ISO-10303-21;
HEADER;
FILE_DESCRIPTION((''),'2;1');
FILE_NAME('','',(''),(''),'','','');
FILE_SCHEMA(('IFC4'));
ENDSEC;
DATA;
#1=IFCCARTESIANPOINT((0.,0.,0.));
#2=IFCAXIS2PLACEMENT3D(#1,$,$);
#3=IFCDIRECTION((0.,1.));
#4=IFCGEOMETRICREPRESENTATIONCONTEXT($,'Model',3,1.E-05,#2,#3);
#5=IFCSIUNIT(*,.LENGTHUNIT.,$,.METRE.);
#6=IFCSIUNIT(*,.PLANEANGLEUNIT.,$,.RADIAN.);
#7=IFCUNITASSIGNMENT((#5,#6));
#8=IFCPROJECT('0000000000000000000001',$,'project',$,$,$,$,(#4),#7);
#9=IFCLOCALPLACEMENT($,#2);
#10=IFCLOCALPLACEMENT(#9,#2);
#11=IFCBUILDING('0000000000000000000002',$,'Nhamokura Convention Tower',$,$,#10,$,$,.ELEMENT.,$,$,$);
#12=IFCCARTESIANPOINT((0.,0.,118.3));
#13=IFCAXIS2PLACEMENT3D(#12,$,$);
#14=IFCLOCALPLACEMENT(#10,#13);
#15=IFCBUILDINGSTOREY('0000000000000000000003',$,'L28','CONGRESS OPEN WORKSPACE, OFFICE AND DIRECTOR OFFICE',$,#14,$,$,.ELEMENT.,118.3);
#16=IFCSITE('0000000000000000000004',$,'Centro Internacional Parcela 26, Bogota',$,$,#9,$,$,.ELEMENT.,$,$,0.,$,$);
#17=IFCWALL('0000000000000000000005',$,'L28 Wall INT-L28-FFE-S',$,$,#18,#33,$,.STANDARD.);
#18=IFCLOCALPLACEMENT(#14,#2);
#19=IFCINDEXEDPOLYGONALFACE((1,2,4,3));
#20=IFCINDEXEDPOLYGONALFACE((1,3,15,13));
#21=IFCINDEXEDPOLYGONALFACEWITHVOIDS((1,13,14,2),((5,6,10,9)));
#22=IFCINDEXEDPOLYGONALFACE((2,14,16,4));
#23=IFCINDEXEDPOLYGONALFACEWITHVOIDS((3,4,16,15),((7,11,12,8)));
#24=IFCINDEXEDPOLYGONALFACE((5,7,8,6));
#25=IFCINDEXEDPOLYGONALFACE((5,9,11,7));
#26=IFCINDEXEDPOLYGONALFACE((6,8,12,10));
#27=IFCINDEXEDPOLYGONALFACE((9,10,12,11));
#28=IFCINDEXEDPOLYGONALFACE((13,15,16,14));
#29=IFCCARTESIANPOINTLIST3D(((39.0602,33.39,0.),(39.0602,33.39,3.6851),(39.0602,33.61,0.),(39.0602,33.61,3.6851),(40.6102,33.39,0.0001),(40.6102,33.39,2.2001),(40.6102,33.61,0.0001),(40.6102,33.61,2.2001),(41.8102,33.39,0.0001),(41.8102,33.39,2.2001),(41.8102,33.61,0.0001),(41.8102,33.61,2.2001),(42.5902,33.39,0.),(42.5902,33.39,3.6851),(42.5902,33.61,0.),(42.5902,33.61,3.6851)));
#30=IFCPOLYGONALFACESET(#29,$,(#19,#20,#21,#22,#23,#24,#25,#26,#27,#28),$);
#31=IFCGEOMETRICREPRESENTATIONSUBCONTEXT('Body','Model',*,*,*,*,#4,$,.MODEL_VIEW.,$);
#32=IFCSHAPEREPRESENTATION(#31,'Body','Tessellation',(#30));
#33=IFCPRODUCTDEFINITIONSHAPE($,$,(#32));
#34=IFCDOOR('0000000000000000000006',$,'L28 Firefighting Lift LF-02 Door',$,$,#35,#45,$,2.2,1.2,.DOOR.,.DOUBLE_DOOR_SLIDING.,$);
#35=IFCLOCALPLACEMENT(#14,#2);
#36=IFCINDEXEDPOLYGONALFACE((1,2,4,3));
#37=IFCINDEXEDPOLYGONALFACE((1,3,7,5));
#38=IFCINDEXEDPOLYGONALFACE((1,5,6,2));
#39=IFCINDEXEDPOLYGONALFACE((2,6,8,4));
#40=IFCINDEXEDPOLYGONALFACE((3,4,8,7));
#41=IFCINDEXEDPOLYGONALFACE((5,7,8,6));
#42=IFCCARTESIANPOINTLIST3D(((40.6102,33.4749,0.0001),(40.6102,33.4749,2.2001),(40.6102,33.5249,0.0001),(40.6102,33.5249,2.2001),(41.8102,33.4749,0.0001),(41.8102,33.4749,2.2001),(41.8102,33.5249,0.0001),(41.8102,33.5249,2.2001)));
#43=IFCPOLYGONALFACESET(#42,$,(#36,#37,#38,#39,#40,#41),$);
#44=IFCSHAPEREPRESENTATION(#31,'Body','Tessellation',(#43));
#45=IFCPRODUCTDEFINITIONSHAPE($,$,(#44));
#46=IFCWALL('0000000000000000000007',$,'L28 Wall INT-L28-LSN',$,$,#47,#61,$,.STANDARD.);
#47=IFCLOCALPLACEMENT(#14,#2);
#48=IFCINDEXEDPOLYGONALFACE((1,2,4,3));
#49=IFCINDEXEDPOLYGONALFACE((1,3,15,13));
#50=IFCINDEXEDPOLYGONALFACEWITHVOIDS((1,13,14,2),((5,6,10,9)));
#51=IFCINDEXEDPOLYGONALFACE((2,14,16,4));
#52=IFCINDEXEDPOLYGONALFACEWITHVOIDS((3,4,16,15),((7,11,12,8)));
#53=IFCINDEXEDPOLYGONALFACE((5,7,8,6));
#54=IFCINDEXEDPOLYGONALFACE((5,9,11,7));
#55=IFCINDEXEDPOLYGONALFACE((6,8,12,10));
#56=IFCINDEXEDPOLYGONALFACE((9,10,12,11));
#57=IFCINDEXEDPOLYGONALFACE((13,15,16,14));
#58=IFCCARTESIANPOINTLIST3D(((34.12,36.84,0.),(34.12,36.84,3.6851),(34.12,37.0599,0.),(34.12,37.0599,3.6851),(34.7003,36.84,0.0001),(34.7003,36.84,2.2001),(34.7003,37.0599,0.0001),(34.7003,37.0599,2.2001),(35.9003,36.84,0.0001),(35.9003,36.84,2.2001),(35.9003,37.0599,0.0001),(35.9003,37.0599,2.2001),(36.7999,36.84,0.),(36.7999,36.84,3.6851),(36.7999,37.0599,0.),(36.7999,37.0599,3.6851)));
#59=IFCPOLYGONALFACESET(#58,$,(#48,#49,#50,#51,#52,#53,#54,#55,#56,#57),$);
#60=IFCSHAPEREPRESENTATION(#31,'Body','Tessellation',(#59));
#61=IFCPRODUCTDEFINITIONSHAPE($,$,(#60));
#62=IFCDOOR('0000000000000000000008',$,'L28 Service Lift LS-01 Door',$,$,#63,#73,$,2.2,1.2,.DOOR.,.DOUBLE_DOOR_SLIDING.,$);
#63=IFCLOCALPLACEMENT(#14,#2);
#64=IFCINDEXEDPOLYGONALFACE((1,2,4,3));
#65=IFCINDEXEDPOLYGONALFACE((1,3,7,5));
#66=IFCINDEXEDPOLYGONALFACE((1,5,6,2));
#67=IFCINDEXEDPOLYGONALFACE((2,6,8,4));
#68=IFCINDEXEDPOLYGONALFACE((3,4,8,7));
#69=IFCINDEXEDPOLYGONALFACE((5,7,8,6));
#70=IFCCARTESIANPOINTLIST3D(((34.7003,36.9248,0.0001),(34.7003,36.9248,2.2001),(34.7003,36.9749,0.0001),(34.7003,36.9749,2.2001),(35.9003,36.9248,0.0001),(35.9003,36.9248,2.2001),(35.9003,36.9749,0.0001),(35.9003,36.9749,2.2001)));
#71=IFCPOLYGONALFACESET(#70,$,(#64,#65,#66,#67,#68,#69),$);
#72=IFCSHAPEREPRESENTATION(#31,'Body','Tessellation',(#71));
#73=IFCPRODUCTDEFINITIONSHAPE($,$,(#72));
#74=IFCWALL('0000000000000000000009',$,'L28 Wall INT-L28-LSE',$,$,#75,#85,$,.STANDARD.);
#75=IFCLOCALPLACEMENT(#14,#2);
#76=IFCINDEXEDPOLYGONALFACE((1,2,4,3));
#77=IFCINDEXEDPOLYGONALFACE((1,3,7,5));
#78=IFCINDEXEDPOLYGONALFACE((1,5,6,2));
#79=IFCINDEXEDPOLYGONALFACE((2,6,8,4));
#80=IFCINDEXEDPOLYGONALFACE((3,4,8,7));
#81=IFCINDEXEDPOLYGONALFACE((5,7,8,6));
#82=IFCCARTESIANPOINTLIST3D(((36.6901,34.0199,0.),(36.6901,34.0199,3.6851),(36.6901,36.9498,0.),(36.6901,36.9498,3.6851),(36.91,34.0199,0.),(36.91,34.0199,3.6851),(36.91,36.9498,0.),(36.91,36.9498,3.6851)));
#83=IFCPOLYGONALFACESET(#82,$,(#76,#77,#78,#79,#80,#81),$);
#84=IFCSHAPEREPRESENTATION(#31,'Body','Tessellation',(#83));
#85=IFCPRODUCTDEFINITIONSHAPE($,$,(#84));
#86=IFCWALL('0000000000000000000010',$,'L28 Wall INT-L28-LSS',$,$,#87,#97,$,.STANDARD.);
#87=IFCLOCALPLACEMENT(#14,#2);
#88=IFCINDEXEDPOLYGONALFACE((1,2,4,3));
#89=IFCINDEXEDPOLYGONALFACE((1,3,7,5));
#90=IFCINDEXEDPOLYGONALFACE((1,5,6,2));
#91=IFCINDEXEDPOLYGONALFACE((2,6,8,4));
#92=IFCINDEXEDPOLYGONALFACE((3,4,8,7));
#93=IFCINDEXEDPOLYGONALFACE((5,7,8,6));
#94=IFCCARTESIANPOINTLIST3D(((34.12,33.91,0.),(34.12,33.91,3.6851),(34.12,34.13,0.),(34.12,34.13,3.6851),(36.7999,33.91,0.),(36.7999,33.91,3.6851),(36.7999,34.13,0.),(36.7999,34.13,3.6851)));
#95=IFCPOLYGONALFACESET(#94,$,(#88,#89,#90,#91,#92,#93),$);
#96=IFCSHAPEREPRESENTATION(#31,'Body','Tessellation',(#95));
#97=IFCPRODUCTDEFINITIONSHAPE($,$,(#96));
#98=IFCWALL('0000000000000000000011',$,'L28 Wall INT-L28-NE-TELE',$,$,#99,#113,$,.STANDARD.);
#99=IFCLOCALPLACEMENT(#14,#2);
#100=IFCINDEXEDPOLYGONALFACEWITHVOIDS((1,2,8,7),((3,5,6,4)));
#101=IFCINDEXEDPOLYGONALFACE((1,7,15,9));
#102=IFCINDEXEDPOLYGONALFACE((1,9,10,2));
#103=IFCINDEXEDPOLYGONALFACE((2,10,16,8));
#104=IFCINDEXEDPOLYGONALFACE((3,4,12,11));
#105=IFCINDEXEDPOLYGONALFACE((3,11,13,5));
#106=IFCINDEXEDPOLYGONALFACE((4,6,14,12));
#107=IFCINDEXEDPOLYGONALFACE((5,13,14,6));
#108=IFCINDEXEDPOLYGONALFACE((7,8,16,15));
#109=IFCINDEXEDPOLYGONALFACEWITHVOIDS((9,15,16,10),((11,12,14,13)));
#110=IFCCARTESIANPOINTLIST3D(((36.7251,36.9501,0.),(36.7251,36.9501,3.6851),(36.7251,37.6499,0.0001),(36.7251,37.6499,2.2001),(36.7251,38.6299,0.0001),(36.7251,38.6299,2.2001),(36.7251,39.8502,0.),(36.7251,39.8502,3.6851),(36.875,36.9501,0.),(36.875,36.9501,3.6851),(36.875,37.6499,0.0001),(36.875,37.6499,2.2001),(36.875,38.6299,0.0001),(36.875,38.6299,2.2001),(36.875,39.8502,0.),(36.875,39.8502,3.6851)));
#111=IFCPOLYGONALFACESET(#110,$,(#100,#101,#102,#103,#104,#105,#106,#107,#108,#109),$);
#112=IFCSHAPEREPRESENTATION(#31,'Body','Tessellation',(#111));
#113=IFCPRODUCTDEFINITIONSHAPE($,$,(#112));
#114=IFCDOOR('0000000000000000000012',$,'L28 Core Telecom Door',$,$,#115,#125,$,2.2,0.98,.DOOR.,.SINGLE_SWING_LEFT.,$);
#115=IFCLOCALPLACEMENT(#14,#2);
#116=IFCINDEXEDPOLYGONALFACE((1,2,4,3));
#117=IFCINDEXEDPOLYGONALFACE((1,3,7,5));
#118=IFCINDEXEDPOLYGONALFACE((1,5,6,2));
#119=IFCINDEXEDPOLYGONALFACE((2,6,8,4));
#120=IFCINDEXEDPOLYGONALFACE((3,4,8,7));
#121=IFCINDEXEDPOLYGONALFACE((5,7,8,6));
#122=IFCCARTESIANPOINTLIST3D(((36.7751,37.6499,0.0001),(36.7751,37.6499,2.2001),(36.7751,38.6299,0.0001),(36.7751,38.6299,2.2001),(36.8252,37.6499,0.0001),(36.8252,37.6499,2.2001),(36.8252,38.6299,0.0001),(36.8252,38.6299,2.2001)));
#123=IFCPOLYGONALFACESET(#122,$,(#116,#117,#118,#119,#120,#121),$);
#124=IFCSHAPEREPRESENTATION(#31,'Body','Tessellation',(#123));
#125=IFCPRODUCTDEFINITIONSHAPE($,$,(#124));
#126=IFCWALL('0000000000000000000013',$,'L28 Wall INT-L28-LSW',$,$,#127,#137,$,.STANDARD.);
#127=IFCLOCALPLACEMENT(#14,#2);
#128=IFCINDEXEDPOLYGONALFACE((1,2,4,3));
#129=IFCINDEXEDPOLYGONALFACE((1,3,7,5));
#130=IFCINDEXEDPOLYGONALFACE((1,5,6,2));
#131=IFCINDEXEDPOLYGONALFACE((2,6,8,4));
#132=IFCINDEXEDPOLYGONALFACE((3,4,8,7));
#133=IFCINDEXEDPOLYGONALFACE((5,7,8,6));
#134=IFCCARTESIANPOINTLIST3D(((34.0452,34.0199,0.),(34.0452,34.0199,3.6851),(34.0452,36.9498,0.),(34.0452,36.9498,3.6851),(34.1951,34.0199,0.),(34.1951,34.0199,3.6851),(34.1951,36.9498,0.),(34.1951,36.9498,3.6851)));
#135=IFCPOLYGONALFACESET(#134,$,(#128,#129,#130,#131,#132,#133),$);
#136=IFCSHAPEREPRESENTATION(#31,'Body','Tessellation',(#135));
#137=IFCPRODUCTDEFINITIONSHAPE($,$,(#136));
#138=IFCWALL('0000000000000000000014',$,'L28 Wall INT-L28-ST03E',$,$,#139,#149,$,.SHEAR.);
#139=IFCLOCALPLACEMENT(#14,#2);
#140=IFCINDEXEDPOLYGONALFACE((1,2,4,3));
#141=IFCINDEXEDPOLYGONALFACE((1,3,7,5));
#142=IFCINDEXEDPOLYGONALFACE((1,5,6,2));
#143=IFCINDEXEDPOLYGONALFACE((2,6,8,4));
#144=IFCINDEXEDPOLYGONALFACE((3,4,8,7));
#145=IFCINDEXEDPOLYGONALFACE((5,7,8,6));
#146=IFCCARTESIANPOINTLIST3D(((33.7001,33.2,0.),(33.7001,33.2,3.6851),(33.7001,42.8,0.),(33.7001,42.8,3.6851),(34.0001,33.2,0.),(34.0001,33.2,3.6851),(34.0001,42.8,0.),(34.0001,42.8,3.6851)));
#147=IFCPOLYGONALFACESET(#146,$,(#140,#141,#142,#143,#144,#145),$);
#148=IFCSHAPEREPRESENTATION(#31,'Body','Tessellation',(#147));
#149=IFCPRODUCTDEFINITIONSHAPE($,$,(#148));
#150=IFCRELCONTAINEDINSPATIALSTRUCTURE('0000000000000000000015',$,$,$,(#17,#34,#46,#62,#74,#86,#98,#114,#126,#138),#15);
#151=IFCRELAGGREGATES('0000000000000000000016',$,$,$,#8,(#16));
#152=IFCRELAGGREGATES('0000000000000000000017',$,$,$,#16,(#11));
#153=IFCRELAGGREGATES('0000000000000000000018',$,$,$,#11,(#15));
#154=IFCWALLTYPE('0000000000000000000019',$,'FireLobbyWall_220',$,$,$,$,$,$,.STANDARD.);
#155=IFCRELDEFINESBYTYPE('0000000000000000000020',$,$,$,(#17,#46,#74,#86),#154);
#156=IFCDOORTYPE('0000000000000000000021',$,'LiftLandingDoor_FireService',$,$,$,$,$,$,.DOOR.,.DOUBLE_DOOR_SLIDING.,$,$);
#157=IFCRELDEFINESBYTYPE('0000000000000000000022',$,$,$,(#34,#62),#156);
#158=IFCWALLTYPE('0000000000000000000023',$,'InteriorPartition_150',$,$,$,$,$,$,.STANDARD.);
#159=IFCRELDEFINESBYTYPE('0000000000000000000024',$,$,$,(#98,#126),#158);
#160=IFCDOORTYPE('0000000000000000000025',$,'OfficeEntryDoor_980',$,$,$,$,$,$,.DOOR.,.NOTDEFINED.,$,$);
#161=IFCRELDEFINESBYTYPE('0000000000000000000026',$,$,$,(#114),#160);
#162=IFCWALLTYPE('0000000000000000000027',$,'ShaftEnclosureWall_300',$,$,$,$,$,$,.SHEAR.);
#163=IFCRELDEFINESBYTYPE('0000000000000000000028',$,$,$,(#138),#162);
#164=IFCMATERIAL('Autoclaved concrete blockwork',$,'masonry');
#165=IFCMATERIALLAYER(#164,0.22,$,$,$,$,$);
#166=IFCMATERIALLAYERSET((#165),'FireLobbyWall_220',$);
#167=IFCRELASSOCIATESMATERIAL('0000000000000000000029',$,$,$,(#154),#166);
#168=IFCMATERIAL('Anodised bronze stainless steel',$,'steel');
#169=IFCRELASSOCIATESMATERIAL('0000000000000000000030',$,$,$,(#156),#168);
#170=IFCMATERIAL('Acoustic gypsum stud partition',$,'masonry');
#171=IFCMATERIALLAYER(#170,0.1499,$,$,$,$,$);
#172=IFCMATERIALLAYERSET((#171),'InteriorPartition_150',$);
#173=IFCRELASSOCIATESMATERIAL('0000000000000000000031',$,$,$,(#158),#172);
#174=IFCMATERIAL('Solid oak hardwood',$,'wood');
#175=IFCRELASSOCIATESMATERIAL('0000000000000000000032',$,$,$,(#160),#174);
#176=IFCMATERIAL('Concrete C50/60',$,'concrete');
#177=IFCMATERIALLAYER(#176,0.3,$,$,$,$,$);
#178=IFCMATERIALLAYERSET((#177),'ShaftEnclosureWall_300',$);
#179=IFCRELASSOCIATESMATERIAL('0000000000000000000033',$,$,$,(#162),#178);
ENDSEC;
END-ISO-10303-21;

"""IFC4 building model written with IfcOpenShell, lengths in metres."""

from ifc_helpers import new_model, si_unit, direction, frame, frame_2d, origin, place, context, subcontext, project, spatial, rectangle, extrude, material, layer, layer_set, type_object, element, fill, save


model = new_model("IFC4")

# Units and contexts
model_context = context("Model", 3, precision=1e-05, world=origin(), true_north=direction((0.0, 1.0)))
body_context = subcontext(model_context, "Body", "Model", "MODEL_VIEW")
ifc_project = project(units=[si_unit("LENGTHUNIT", "METRE"), si_unit("PLANEANGLEUNIT", "RADIAN")], contexts=[model_context])

# Site, building, storey
site_placement = place(None, origin())
site = spatial("IfcSite", under=ifc_project, at=site_placement, Name="Centro Internacional Parcela 26, Bogota", CompositionType="ELEMENT", RefElevation=0.0)
building_placement = place(site_placement, origin())
building = spatial("IfcBuilding", under=site, at=building_placement, Name="Nhamokura Convention Tower", CompositionType="ELEMENT")
storey_placement = place(building_placement, frame((0.0, 0.0, 118.3)))
storey = spatial("IfcBuildingStorey", under=building, at=storey_placement, Name="L28", Description="CONGRESS OPEN WORKSPACE, OFFICE AND DIRECTOR OFFICE", CompositionType="ELEMENT", Elevation=118.3)

# Walls, openings, doors
ifc_material_1 = material(Name="Autoclaved concrete blockwork", Category="masonry")
ifc_layer_1 = layer(ifc_material_1, 0.22)
ifc_layer_set_1 = layer_set([ifc_layer_1], Name="FireLobbyWall_220")
wall_type_1 = type_object("IfcWallType", Name="FireLobbyWall_220", PredefinedType="STANDARD", material=ifc_layer_set_1)
wall_1_placement = place(storey_placement, frame((39.0601, 33.5, 0.0), z_axis=(0.0, 0.0, 1.0), x_axis=(1.0, 0.0, 0.0)))
wall_1 = element("IfcWall", 1, at=wall_1_placement, inside=storey, type_object=wall_type_1, Name="L28 Wall INT-L28-FFE-S", PredefinedType="STANDARD", context=body_context, shape_type="SweptSolid", body=[
    extrude(rectangle(XDim=3.53, YDim=0.22, at=frame_2d((1.7651, 0.0))), origin(), (0.0, 0.0, 1.0), 3.6851),
])
opening_1_placement = place(wall_1_placement, frame((1.55, 0.0, 0.0)))
opening_1 = element("IfcOpeningElement", 2, at=opening_1_placement, cuts=wall_1, PredefinedType="OPENING", context=body_context, shape_type="SweptSolid", body=[
    extrude(rectangle(XDim=1.2, YDim=2.2, at=frame_2d((0.6001, 1.1001))), frame((0.0, 0.1199, 0.0), z_axis=(0.0, -1.0, 0.0), x_axis=(1.0, 0.0, 0.0)), (0.0, 0.0, 1.0), 0.24),
])
ifc_material_2 = material(Name="Anodised bronze stainless steel", Category="steel")
door_type_1 = type_object("IfcDoorType", Name="LiftLandingDoor_FireService", OperationType="DOUBLE_DOOR_SLIDING", PredefinedType="DOOR", material=ifc_material_2)
door_1_placement = place(opening_1_placement, origin())
door_1 = element("IfcDoor", 3, at=door_1_placement, inside=storey, type_object=door_type_1, Name="L28 Firefighting Lift LF-02 Door", OperationType="DOUBLE_DOOR_SLIDING", OverallHeight=2.2, OverallWidth=1.2, PredefinedType="DOOR", context=body_context, shape_type="SweptSolid", body=[
    extrude(rectangle(XDim=1.2, YDim=2.2, at=frame_2d((0.6001, 1.1001))), frame((0.0, 0.0249, 0.0), z_axis=(0.0, -1.0, 0.0), x_axis=(1.0, 0.0, 0.0)), (0.0, 0.0, 1.0), 0.05),
])
fill(opening_1, door_1)
wall_2_placement = place(storey_placement, frame((34.1201, 36.95, 0.0), z_axis=(0.0, 0.0, 1.0), x_axis=(1.0, 0.0, 0.0)))
wall_2 = element("IfcWall", 4, at=wall_2_placement, inside=storey, type_object=wall_type_1, Name="L28 Wall INT-L28-LSN", PredefinedType="STANDARD", context=body_context, shape_type="SweptSolid", body=[
    extrude(rectangle(XDim=2.6799, YDim=0.22, at=frame_2d((1.3398, 0.0))), origin(), (0.0, 0.0, 1.0), 3.6851),
])
opening_2_placement = place(wall_2_placement, frame((0.5801, 0.0, 0.0)))
opening_2 = element("IfcOpeningElement", 5, at=opening_2_placement, cuts=wall_2, PredefinedType="OPENING", context=body_context, shape_type="SweptSolid", body=[
    extrude(rectangle(XDim=1.2, YDim=2.2, at=frame_2d((0.6001, 1.1001))), frame((0.0, 0.1199, 0.0), z_axis=(0.0, -1.0, 0.0), x_axis=(1.0, 0.0, 0.0)), (0.0, 0.0, 1.0), 0.24),
])
door_2_placement = place(opening_2_placement, origin())
door_2 = element("IfcDoor", 6, at=door_2_placement, inside=storey, type_object=door_type_1, Name="L28 Service Lift LS-01 Door", OperationType="DOUBLE_DOOR_SLIDING", OverallHeight=2.2, OverallWidth=1.2, PredefinedType="DOOR", context=body_context, shape_type="SweptSolid", body=[
    extrude(rectangle(XDim=1.2, YDim=2.2, at=frame_2d((0.6001, 1.1001))), frame((0.0, 0.0249, 0.0), z_axis=(0.0, -1.0, 0.0), x_axis=(1.0, 0.0, 0.0)), (0.0, 0.0, 1.0), 0.05),
])
fill(opening_2, door_2)

# Walls
wall_3_placement = place(storey_placement, frame((36.8, 34.02, 0.0), z_axis=(0.0, 0.0, 1.0), x_axis=(0.0, 1.0, 0.0)))
element("IfcWall", 7, at=wall_3_placement, inside=storey, type_object=wall_type_1, Name="L28 Wall INT-L28-LSE", PredefinedType="STANDARD", context=body_context, shape_type="SweptSolid", body=[
    extrude(rectangle(XDim=2.9299, YDim=0.22, at=frame_2d((1.4648, 0.0))), origin(), (0.0, 0.0, 1.0), 3.6851),
])
wall_4_placement = place(storey_placement, frame((34.1201, 34.02, 0.0), z_axis=(0.0, 0.0, 1.0), x_axis=(1.0, 0.0, 0.0)))
element("IfcWall", 8, at=wall_4_placement, inside=storey, type_object=wall_type_1, Name="L28 Wall INT-L28-LSS", PredefinedType="STANDARD", context=body_context, shape_type="SweptSolid", body=[
    extrude(rectangle(XDim=2.6799, YDim=0.22, at=frame_2d((1.3398, 0.0))), origin(), (0.0, 0.0, 1.0), 3.6851),
])

# Wall, opening, door
ifc_material_3 = material(Name="Acoustic gypsum stud partition", Category="masonry")
ifc_layer_2 = layer(ifc_material_3, 0.1499)
ifc_layer_set_2 = layer_set([ifc_layer_2], Name="InteriorPartition_150")
wall_type_2 = type_object("IfcWallType", Name="InteriorPartition_150", PredefinedType="STANDARD", material=ifc_layer_set_2)
wall_5_placement = place(storey_placement, frame((36.8, 36.95, 0.0), z_axis=(0.0, 0.0, 1.0), x_axis=(0.0, 1.0, 0.0)))
wall_5 = element("IfcWall", 9, at=wall_5_placement, inside=storey, type_object=wall_type_2, Name="L28 Wall INT-L28-NE-TELE", PredefinedType="STANDARD", context=body_context, shape_type="SweptSolid", body=[
    extrude(rectangle(XDim=2.9001, YDim=0.1499, at=frame_2d((1.4502, 0.0))), origin(), (0.0, 0.0, 1.0), 3.6851),
])
opening_3_placement = place(wall_5_placement, frame((0.7, 0.0, 0.0)))
opening_3 = element("IfcOpeningElement", 10, at=opening_3_placement, cuts=wall_5, PredefinedType="OPENING", context=body_context, shape_type="SweptSolid", body=[
    extrude(rectangle(XDim=0.98, YDim=2.2, at=frame_2d((0.49, 1.1001))), frame((0.0, 0.085, 0.0), z_axis=(0.0, -1.0, 0.0), x_axis=(1.0, 0.0, 0.0)), (0.0, 0.0, 1.0), 0.1699),
])
ifc_material_4 = material(Name="Solid oak hardwood", Category="wood")
door_type_2 = type_object("IfcDoorType", Name="OfficeEntryDoor_980", OperationType="NOTDEFINED", PredefinedType="DOOR", material=ifc_material_4)
door_3_placement = place(opening_3_placement, origin())
door_3 = element("IfcDoor", 11, at=door_3_placement, inside=storey, type_object=door_type_2, Name="L28 Core Telecom Door", OperationType="SINGLE_SWING_LEFT", OverallHeight=2.2, OverallWidth=0.98, PredefinedType="DOOR", context=body_context, shape_type="SweptSolid", body=[
    extrude(rectangle(XDim=0.98, YDim=2.2, at=frame_2d((0.49, 1.1001))), frame((0.0, 0.0249, 0.0), z_axis=(0.0, -1.0, 0.0), x_axis=(1.0, 0.0, 0.0)), (0.0, 0.0, 1.0), 0.05),
])
fill(opening_3, door_3)

# Walls
wall_6_placement = place(storey_placement, frame((34.1201, 34.02, 0.0), z_axis=(0.0, 0.0, 1.0), x_axis=(0.0, 1.0, 0.0)))
element("IfcWall", 12, at=wall_6_placement, inside=storey, type_object=wall_type_2, Name="L28 Wall INT-L28-LSW", PredefinedType="STANDARD", context=body_context, shape_type="SweptSolid", body=[
    extrude(rectangle(XDim=2.9299, YDim=0.1499, at=frame_2d((1.4648, 0.0))), origin(), (0.0, 0.0, 1.0), 3.6851),
])
ifc_material_5 = material(Name="Concrete C50/60", Category="concrete")
ifc_layer_3 = layer(ifc_material_5, 0.3)
ifc_layer_set_3 = layer_set([ifc_layer_3], Name="ShaftEnclosureWall_300")
wall_type_3 = type_object("IfcWallType", Name="ShaftEnclosureWall_300", PredefinedType="SHEAR", material=ifc_layer_set_3)
wall_7_placement = place(storey_placement, frame((33.8501, 33.2, 0.0), z_axis=(0.0, 0.0, 1.0), x_axis=(0.0, 1.0, 0.0)))
element("IfcWall", 13, at=wall_7_placement, inside=storey, type_object=wall_type_3, Name="L28 Wall INT-L28-ST03E", PredefinedType="SHEAR", context=body_context, shape_type="SweptSolid", body=[
    extrude(rectangle(XDim=9.6001, YDim=0.3, at=frame_2d((4.8, 0.0))), origin(), (0.0, 0.0, 1.0), 3.6851),
])

save(model, "model.ifc")
